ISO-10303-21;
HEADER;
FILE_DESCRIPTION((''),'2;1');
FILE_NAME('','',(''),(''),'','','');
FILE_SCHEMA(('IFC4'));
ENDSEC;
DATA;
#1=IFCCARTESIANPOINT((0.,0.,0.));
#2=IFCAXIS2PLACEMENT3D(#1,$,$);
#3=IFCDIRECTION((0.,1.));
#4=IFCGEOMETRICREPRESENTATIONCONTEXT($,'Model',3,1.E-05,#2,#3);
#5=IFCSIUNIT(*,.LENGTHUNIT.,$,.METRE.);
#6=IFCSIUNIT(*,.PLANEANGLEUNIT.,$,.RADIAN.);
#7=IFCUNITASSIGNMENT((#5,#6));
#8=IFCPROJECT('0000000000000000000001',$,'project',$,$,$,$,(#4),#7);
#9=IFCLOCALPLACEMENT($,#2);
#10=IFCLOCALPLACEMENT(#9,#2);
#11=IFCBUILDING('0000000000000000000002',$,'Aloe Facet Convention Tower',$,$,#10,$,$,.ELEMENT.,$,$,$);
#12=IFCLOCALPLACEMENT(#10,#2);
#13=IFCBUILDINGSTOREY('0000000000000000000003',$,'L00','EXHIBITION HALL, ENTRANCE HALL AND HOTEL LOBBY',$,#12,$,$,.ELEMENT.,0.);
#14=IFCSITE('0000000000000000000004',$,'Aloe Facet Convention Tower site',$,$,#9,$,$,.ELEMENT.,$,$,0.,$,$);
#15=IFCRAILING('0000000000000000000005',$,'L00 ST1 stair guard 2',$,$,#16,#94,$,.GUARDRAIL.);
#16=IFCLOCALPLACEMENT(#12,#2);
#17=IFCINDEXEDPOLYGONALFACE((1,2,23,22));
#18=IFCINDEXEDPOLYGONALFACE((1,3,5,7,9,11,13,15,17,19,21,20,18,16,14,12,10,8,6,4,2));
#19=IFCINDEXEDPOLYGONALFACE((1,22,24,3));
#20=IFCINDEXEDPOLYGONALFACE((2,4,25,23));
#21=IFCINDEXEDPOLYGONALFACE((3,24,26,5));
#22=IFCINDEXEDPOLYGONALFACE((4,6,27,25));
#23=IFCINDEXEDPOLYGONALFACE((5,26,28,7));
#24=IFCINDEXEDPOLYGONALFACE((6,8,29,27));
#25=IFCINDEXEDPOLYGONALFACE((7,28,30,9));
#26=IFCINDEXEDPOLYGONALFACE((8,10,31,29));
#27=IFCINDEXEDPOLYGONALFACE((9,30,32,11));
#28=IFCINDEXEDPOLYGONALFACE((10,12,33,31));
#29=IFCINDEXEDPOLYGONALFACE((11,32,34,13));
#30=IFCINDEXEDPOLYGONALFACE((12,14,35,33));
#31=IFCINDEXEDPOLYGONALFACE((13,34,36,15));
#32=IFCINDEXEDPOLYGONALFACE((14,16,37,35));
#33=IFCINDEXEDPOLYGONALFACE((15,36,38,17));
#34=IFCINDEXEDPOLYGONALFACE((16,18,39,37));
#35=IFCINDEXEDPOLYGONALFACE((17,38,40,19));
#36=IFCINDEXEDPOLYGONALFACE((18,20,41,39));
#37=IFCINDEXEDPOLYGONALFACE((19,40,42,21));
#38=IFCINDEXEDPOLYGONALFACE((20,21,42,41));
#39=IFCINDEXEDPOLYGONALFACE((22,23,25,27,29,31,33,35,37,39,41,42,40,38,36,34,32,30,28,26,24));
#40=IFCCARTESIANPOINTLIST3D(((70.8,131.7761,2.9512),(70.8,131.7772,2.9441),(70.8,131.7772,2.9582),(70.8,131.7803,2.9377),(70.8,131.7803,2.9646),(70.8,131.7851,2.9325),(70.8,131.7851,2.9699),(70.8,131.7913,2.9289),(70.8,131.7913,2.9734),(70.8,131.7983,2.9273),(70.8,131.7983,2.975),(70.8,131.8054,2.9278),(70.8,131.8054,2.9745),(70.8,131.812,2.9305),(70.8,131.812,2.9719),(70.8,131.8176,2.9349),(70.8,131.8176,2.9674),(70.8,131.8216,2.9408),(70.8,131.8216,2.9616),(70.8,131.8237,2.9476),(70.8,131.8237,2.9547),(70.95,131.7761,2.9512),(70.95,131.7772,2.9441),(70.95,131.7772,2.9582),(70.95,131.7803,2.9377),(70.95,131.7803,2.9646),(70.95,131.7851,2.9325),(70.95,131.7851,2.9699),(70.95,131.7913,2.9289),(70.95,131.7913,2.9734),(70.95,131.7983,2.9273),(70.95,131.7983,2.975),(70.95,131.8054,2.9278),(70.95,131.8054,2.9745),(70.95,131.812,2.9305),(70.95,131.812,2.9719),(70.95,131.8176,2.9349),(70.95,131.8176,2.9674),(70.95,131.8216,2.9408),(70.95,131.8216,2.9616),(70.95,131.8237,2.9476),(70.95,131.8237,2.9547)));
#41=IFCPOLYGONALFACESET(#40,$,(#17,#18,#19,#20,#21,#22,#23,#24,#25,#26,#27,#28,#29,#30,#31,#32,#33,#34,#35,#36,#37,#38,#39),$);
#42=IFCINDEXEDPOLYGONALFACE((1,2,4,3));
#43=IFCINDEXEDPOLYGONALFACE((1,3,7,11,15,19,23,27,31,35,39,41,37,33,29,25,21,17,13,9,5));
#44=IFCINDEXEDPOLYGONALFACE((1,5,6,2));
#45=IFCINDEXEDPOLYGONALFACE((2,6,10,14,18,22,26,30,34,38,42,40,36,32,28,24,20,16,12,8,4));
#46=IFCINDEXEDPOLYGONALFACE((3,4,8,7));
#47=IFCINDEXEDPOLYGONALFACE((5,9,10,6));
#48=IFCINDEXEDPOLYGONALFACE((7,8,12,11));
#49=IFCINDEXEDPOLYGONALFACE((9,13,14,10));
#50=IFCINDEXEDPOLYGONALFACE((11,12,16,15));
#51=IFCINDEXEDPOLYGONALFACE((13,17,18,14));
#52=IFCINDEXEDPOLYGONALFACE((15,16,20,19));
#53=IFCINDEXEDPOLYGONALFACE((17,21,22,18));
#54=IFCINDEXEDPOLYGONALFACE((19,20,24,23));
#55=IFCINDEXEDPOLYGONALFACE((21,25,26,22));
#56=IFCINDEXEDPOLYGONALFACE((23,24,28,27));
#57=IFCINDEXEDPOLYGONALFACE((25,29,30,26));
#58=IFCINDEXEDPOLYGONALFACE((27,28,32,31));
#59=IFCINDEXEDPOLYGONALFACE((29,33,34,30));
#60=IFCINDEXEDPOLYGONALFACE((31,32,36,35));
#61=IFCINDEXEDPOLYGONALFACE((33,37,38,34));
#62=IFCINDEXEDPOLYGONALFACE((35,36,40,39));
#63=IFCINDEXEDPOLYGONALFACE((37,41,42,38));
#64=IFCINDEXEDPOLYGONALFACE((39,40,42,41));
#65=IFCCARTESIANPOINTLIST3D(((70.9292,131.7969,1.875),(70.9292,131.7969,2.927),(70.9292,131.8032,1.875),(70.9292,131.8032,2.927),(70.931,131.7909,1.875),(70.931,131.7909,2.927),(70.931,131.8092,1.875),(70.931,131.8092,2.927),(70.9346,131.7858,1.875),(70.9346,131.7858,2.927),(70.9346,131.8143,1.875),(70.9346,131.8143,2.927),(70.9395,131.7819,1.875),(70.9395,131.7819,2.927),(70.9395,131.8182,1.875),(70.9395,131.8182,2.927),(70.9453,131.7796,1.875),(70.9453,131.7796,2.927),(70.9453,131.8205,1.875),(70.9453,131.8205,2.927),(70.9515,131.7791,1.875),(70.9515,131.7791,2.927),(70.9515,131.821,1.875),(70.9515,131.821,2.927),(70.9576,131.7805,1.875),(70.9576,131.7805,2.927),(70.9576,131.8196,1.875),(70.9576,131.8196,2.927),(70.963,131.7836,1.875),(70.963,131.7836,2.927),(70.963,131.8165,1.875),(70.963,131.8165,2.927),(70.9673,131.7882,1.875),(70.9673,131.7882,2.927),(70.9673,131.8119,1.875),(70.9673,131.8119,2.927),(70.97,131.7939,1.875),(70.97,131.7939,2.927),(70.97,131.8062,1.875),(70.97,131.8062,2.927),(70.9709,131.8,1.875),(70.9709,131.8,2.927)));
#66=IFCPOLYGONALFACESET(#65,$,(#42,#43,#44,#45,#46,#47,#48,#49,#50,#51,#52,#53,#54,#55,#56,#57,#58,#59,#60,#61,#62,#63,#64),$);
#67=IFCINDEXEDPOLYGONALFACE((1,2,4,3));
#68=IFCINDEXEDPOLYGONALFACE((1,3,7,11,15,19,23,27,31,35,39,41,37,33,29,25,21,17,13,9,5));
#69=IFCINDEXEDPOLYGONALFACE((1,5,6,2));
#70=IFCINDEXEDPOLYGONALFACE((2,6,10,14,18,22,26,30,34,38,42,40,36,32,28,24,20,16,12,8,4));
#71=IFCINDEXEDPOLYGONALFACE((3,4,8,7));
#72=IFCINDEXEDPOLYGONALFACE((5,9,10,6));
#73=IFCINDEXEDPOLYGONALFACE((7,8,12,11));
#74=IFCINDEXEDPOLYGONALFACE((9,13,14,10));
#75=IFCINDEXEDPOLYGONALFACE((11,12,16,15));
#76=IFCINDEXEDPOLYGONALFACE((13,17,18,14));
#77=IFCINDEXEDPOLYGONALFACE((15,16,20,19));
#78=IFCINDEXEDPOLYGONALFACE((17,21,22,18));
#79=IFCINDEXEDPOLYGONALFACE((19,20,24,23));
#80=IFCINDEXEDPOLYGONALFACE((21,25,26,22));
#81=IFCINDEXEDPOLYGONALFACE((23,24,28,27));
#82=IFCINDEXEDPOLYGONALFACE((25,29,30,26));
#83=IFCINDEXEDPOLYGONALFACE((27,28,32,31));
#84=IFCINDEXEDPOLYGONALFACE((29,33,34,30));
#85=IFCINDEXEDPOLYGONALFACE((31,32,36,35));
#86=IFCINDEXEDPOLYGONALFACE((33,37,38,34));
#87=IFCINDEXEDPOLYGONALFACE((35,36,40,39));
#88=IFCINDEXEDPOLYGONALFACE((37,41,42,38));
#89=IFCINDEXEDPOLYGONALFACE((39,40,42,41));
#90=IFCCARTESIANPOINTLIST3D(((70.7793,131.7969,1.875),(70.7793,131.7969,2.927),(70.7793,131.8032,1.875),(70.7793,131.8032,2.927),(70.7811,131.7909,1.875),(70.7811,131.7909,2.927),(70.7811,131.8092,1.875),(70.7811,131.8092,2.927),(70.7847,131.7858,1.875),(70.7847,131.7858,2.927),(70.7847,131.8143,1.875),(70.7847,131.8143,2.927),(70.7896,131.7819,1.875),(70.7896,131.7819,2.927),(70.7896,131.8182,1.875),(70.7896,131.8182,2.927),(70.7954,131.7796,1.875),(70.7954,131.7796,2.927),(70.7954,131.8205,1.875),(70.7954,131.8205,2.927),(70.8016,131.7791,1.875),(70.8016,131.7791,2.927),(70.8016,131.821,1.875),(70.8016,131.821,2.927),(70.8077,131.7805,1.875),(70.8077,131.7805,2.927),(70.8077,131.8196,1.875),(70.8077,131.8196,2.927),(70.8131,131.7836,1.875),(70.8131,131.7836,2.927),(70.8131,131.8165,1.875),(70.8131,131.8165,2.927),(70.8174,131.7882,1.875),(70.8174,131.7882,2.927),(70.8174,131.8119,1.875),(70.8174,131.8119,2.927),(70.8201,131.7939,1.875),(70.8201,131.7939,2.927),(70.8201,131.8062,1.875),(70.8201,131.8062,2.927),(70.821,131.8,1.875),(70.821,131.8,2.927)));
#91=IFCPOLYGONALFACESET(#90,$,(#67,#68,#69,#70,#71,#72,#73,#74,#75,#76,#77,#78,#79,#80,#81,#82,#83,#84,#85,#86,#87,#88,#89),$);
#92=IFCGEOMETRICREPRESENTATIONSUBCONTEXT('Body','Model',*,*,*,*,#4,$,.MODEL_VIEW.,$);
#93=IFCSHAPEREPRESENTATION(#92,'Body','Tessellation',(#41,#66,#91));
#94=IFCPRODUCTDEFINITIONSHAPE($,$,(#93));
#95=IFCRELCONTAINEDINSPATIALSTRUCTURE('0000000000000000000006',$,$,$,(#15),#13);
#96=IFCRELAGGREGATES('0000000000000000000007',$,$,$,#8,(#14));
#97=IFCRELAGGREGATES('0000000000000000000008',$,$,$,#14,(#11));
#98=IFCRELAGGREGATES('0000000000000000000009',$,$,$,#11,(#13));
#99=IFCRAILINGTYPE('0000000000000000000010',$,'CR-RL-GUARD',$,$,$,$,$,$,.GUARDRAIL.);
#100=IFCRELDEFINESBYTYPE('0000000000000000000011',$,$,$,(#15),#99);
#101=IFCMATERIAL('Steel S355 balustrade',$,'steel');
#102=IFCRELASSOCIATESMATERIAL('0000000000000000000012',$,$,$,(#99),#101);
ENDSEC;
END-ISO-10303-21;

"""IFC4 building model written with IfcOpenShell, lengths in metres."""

from ifc_helpers import new_model, si_unit, direction, frame, origin, origin_2d, place, context, subcontext, project, spatial, circle, extrude, material, type_object, element, save


model = new_model("IFC4")

# Units and contexts
model_context = context("Model", 3, precision=1e-05, world=origin(), true_north=direction((0.0, 1.0)))
body_context = subcontext(model_context, "Body", "Model", "MODEL_VIEW")
ifc_project = project(units=[si_unit("LENGTHUNIT", "METRE"), si_unit("PLANEANGLEUNIT", "RADIAN")], contexts=[model_context])

# Site, building, storey
site_placement = place(None, origin())
site = spatial("IfcSite", under=ifc_project, at=site_placement, Name="Aloe Facet Convention Tower site", CompositionType="ELEMENT", RefElevation=0.0)
building_placement = place(site_placement, origin())
building = spatial("IfcBuilding", under=site, at=building_placement, Name="Aloe Facet Convention Tower", CompositionType="ELEMENT")
storey_placement = place(building_placement, origin())
storey = spatial("IfcBuildingStorey", under=building, at=storey_placement, Name="L00", Description="EXHIBITION HALL, ENTRANCE HALL AND HOTEL LOBBY", CompositionType="ELEMENT", Elevation=0.0)

# Railing
ifc_material_1 = material(Name="Steel S355 balustrade", Category="steel")
railing_type_1 = type_object("IfcRailingType", Name="CR-RL-GUARD", PredefinedType="GUARDRAIL", material=ifc_material_1)
railing_1_placement = place(storey_placement, frame((70.95, 131.8, 1.875)))
element("IfcRailing", 1, at=railing_1_placement, inside=storey, type_object=railing_type_1, Name="L00 ST1 stair guard 2", PredefinedType="GUARDRAIL", context=body_context, shape_type="SweptSolid", body=[
    extrude(circle(Radius=0.0239, at=origin_2d()), frame((0.0, 0.0, 1.0762), z_axis=(-1.0, 0.0, 0.0), x_axis=(0.0, -1.0, 0.0)), (0.0, 0.0, 1.0), 0.1499),
    extrude(circle(Radius=0.021, at=origin_2d()), origin(), (0.0, 0.0, 1.0), 1.052),
    extrude(circle(Radius=0.021, at=origin_2d()), frame((-0.1499, 0.0, 0.0)), (0.0, 0.0, 1.0), 1.052),
])

save(model, "model.ifc")
